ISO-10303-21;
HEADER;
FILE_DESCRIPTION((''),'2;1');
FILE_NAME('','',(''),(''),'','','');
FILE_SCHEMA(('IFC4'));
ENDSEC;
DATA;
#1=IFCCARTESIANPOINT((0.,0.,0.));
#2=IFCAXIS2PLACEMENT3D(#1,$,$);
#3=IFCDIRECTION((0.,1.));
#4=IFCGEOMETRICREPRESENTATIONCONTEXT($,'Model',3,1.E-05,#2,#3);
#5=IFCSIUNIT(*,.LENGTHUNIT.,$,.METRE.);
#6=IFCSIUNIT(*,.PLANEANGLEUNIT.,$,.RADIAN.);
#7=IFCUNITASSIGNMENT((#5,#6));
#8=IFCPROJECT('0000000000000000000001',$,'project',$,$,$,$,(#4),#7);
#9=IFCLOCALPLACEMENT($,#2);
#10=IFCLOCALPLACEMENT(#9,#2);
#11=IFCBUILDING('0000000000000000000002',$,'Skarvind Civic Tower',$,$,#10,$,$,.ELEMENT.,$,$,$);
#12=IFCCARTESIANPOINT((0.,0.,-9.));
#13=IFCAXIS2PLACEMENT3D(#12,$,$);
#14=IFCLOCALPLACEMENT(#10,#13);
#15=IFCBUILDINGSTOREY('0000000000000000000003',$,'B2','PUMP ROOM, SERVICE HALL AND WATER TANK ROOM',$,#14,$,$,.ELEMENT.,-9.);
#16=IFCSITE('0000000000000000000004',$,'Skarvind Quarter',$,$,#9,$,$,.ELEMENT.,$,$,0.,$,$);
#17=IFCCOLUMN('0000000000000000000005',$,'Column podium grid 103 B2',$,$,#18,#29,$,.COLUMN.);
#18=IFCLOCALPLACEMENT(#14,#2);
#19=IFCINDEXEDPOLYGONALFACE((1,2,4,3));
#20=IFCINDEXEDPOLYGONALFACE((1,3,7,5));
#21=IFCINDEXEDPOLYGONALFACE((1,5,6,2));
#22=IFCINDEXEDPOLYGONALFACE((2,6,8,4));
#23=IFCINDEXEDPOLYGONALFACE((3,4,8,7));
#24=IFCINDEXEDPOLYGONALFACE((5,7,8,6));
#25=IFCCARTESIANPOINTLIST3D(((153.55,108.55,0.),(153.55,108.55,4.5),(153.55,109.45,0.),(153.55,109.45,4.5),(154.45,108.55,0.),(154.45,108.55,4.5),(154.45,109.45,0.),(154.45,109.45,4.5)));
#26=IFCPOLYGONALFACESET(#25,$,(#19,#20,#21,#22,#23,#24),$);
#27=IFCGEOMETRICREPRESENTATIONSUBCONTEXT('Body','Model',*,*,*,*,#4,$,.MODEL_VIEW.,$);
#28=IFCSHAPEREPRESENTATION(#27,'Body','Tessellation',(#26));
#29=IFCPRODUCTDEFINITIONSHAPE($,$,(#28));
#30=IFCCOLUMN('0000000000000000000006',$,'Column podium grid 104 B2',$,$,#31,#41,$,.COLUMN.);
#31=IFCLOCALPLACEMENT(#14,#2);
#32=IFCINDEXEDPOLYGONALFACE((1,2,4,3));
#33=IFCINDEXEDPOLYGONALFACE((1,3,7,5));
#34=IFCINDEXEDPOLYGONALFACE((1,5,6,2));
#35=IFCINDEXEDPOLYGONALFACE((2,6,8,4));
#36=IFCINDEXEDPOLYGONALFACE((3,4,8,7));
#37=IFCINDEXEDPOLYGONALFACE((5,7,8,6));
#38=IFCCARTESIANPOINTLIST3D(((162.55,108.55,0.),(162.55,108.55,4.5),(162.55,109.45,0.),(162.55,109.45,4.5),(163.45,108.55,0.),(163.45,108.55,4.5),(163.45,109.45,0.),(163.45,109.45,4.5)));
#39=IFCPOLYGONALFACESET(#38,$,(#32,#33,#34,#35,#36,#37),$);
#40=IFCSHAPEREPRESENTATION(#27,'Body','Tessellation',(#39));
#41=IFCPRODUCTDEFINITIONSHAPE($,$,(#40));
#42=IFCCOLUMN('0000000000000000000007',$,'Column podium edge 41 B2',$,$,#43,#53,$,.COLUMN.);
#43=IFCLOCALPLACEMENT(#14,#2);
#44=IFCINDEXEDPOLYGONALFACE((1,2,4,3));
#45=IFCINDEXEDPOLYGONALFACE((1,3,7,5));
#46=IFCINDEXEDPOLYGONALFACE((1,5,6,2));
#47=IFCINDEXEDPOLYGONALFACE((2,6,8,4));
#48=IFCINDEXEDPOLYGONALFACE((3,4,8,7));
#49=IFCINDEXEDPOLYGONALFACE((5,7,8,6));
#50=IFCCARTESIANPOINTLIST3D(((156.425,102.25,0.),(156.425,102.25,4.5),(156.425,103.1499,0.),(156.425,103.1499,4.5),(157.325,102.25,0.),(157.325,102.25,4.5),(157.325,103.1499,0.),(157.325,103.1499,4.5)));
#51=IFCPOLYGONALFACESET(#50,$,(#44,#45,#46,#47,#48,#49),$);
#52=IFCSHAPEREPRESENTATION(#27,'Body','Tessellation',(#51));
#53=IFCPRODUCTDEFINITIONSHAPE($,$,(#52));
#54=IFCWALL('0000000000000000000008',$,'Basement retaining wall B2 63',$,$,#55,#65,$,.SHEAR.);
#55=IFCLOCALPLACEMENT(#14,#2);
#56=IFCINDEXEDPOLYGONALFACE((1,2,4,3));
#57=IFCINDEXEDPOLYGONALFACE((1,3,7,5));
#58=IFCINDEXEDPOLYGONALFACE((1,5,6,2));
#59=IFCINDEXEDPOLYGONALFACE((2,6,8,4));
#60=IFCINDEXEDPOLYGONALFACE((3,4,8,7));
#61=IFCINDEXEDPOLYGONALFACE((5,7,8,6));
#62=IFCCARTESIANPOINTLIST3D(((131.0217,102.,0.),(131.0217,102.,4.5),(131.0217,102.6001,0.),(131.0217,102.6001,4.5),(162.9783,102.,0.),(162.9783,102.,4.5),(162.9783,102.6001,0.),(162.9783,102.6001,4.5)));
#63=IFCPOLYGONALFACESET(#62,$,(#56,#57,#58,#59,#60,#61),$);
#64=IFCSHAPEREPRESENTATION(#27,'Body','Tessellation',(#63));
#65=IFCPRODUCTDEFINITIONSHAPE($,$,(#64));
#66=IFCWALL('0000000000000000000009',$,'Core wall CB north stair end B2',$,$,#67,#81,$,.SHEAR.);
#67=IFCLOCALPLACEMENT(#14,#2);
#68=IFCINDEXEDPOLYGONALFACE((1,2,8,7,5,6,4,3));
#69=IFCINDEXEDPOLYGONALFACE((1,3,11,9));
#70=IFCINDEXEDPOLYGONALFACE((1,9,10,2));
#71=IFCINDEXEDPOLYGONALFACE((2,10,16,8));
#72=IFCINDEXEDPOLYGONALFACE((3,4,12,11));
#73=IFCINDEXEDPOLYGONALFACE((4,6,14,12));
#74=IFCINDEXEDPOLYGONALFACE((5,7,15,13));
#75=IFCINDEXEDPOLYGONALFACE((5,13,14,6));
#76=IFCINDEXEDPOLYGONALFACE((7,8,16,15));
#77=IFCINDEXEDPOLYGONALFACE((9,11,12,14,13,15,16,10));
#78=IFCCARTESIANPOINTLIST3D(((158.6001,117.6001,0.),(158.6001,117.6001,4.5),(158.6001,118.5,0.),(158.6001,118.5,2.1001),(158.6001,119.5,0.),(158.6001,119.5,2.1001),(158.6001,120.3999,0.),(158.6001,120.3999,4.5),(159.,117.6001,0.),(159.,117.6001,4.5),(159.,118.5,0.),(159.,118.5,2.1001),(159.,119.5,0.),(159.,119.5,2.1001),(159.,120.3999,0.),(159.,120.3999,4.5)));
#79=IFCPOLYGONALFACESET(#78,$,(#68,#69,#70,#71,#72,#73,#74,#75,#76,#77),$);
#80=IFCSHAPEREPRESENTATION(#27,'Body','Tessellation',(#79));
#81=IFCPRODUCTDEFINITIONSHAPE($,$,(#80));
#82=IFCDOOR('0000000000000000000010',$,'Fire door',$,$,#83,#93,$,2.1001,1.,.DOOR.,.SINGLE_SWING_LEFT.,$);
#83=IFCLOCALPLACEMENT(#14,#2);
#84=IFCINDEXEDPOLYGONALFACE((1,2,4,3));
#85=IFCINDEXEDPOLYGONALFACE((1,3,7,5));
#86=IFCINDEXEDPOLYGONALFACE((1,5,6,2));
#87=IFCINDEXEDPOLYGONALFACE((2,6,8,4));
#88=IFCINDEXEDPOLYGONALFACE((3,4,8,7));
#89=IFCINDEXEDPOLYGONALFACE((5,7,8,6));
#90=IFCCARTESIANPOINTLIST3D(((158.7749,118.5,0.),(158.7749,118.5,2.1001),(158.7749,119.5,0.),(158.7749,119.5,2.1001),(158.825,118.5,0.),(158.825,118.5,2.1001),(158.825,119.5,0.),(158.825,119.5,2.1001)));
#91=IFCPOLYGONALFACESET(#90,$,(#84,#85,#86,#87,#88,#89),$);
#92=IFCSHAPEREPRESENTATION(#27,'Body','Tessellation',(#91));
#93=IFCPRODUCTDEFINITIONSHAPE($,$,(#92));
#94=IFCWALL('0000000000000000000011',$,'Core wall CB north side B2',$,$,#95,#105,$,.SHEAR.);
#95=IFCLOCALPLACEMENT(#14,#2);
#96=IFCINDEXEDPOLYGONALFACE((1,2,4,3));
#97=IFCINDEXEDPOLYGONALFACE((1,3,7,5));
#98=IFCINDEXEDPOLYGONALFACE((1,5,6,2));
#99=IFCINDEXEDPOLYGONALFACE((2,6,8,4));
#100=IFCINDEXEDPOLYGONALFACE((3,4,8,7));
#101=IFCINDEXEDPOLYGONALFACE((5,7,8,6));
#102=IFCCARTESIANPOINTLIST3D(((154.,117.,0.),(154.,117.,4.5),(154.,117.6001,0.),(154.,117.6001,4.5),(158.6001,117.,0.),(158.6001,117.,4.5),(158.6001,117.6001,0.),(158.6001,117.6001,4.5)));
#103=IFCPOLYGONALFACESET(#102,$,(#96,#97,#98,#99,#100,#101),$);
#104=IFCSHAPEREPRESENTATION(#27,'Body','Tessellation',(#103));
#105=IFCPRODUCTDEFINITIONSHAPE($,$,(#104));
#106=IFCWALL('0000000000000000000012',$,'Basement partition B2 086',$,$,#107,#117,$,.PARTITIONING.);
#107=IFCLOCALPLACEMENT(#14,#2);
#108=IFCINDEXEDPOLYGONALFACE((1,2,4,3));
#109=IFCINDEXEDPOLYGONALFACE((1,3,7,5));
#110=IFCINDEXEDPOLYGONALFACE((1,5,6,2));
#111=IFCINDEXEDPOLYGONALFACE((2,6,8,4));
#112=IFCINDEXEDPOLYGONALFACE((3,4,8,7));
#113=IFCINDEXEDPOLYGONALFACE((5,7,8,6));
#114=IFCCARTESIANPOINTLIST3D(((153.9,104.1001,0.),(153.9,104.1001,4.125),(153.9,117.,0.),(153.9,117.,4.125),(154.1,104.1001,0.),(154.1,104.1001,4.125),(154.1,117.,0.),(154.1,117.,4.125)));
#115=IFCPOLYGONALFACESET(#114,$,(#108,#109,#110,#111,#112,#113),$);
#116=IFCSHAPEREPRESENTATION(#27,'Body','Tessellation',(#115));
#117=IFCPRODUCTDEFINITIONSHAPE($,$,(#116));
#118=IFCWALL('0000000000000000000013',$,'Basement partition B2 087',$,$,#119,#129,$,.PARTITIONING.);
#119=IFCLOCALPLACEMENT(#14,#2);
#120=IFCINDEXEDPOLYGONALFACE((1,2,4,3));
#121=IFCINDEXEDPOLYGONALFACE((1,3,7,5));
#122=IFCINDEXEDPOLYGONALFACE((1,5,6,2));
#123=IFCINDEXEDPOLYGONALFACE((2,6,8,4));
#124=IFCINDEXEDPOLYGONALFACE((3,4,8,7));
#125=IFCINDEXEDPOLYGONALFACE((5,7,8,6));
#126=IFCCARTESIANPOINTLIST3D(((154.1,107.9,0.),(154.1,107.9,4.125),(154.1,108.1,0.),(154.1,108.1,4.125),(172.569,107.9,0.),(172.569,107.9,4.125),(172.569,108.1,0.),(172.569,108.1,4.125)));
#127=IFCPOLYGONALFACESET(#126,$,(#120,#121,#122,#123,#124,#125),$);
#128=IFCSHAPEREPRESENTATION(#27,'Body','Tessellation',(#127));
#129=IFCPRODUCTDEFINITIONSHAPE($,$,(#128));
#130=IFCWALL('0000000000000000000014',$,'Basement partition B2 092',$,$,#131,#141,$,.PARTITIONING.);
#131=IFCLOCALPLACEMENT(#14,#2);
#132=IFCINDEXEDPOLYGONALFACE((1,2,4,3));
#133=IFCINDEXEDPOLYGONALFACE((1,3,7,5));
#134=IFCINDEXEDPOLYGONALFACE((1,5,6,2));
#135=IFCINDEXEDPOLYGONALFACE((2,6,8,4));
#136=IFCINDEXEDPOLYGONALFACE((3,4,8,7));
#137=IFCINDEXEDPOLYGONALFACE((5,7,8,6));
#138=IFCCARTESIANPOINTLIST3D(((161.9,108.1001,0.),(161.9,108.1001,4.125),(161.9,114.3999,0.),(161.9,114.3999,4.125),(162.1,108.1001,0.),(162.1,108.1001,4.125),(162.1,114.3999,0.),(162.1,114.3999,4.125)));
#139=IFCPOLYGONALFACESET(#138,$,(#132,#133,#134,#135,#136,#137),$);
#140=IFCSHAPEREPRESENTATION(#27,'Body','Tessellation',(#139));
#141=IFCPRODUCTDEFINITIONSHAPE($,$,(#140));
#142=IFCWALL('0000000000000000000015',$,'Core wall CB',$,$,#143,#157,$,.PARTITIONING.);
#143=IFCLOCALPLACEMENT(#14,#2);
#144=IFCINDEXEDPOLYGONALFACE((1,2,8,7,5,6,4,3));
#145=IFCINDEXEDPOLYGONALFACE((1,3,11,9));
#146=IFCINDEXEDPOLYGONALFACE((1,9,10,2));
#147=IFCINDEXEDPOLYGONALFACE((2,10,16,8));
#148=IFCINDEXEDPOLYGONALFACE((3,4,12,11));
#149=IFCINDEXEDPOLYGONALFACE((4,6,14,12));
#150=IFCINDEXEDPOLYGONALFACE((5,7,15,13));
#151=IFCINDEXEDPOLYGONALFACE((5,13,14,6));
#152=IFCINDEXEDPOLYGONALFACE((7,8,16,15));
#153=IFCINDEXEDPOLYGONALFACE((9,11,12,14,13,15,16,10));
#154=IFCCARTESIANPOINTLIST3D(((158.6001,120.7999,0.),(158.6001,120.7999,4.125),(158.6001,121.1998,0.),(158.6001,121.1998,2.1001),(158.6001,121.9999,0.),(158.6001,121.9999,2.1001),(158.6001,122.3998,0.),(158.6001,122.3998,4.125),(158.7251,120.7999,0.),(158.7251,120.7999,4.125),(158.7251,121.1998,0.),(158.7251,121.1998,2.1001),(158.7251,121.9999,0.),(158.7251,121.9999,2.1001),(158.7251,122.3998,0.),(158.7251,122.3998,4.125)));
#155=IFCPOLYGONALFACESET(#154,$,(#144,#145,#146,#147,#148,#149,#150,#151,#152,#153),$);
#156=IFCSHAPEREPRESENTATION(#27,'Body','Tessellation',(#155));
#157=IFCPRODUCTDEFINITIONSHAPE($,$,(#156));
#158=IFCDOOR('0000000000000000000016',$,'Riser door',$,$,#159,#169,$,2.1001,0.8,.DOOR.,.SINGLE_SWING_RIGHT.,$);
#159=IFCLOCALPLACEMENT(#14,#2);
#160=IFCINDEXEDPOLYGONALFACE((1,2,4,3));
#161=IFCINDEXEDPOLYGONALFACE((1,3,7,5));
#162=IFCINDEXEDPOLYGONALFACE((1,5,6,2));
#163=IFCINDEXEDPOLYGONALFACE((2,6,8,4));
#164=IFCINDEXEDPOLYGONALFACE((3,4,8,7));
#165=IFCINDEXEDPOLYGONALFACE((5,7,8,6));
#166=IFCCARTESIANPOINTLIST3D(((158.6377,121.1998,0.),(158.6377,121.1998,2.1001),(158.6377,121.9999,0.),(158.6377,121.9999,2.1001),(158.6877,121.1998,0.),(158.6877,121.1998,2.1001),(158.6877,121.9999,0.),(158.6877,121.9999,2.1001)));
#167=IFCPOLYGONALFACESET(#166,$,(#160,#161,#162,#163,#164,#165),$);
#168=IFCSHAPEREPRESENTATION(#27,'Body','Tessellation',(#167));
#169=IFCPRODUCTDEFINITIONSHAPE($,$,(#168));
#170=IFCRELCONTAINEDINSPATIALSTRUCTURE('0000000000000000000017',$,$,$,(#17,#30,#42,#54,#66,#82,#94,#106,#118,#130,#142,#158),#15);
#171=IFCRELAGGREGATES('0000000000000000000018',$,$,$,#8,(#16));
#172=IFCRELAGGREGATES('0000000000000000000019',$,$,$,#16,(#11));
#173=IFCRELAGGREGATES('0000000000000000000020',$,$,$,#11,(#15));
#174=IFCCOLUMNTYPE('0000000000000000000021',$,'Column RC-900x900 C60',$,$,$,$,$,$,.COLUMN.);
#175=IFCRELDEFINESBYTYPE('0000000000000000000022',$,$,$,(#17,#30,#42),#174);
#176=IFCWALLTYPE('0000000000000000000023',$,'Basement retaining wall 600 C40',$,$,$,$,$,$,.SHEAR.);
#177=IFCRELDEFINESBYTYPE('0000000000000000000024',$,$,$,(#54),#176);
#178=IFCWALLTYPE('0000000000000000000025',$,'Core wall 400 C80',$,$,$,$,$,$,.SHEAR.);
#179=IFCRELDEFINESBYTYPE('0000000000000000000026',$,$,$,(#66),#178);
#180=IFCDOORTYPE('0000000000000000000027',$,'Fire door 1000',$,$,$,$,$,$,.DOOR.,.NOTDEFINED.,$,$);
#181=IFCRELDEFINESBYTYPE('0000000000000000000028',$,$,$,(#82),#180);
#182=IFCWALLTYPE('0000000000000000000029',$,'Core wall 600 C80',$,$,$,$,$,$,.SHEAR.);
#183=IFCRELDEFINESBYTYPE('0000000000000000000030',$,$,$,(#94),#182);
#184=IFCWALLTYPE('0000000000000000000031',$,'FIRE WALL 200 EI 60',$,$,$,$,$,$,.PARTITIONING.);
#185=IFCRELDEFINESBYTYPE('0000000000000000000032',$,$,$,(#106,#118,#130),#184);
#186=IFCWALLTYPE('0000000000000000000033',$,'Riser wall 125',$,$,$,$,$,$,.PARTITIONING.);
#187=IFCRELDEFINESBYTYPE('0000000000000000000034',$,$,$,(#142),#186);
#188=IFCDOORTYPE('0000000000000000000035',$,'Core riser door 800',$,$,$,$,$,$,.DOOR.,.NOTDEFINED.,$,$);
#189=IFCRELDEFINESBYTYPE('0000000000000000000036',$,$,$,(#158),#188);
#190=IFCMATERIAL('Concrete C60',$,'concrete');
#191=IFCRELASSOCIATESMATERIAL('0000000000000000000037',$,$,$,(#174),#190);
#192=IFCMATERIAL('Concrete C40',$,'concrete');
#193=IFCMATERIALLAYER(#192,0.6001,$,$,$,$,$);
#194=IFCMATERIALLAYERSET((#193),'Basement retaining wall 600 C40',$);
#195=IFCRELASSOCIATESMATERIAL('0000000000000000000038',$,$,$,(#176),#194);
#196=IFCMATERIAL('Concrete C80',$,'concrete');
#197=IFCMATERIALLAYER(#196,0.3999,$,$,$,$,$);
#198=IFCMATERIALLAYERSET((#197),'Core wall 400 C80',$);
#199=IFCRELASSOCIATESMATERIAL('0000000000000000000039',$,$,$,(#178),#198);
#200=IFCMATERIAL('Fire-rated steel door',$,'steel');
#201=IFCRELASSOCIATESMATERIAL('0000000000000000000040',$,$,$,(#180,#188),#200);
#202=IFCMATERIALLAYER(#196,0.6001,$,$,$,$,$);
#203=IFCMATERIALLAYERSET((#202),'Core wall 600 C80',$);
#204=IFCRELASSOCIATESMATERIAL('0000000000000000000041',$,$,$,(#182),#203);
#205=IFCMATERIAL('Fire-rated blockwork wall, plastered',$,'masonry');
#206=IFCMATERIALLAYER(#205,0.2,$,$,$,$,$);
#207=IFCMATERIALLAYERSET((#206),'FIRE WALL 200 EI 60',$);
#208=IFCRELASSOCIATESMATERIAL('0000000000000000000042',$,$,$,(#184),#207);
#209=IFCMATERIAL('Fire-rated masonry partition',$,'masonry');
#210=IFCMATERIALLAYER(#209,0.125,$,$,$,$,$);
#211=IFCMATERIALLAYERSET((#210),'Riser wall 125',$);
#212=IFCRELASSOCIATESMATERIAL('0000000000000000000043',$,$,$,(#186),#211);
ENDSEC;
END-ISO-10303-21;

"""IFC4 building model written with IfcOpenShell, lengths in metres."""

from ifc_helpers import new_model, si_unit, direction, frame, frame_2d, origin, origin_2d, place, context, subcontext, project, spatial, rectangle, extrude, material, layer, layer_set, material_profile, profile_set, type_object, element, fill, save


model = new_model("IFC4")

# Units and contexts
model_context = context("Model", 3, precision=1e-05, world=origin(), true_north=direction((0.0, 1.0)))
body_context = subcontext(model_context, "Body", "Model", "MODEL_VIEW")
ifc_project = project(units=[si_unit("LENGTHUNIT", "METRE"), si_unit("PLANEANGLEUNIT", "RADIAN")], contexts=[model_context])

# Site, building, storey
site_placement = place(None, origin())
site = spatial("IfcSite", under=ifc_project, at=site_placement, Name="Skarvind Quarter", CompositionType="ELEMENT", RefElevation=0.0)
building_placement = place(site_placement, origin())
building = spatial("IfcBuilding", under=site, at=building_placement, Name="Skarvind Civic Tower", CompositionType="ELEMENT")
storey_placement = place(building_placement, frame((0.0, 0.0, -9.0)))
storey = spatial("IfcBuildingStorey", under=building, at=storey_placement, Name="B2", Description="PUMP ROOM, SERVICE HALL AND WATER TANK ROOM", CompositionType="ELEMENT", Elevation=-9.0)

# Shared definitions
ifc_material_1 = material(Name="Concrete C40", Category="concrete")

# Columns
ifc_material_2 = material(Name="Concrete C60", Category="concrete")
ifc_material_profile_1 = material_profile(ifc_material_2, rectangle(XDim=0.8999, YDim=0.8999, at=origin_2d()), Name="RC-900x900")
ifc_profile_set_1 = profile_set([ifc_material_profile_1], Name="Concrete C60")
column_type_1 = type_object("IfcColumnType", Name="Column RC-900x900 C60", PredefinedType="COLUMN", material=ifc_profile_set_1)
for number, where, z_axis, x_axis, name in (
    (1, (154.0, 109.0, 0.0), (0.0, 0.0, 1.0), (1.0, 0.0, 0.0), "Column podium grid 103 B2"),
    (2, (163.0, 109.0, 0.0), (0.0, 0.0, 1.0), (1.0, 0.0, 0.0), "Column podium grid 104 B2"),
    (3, (156.875, 102.7, 0.0), (0.0, 0.0, 1.0), (1.0, 0.0, 0.0), "Column podium edge 41 B2"),
):
    element("IfcColumn", number, at=place(storey_placement, frame(where, z_axis=z_axis, x_axis=x_axis)), inside=storey, type_object=column_type_1, Name=name, PredefinedType="COLUMN", context=body_context, shape_type="SweptSolid", body=[
        extrude(rectangle(XDim=0.8999, YDim=0.8999, at=origin_2d()), origin(), (0.0, 0.0, 1.0), 4.5),
    ])

# Wall
ifc_layer_1 = layer(ifc_material_1, 0.6001)
ifc_layer_set_1 = layer_set([ifc_layer_1], Name="Basement retaining wall 600 C40")
wall_type_1 = type_object("IfcWallType", Name="Basement retaining wall 600 C40", PredefinedType="SHEAR", material=ifc_layer_set_1)
wall_1_placement = place(storey_placement, frame((162.9783, 102.3, 0.0), z_axis=(0.0, 0.0, 1.0), x_axis=(-1.0, 0.0, 0.0)))
element("IfcWall", 4, at=wall_1_placement, inside=storey, type_object=wall_type_1, Name="Basement retaining wall B2 63", PredefinedType="SHEAR", context=body_context, shape_type="SweptSolid", body=[
    extrude(rectangle(XDim=31.9565, YDim=0.6001, at=frame_2d((15.9783, 0.0))), origin(), (0.0, 0.0, 1.0), 4.5),
])

# Wall, opening, door
ifc_material_3 = material(Name="Concrete C80", Category="concrete")
ifc_layer_2 = layer(ifc_material_3, 0.3999)
ifc_layer_set_2 = layer_set([ifc_layer_2], Name="Core wall 400 C80")
wall_type_2 = type_object("IfcWallType", Name="Core wall 400 C80", PredefinedType="SHEAR", material=ifc_layer_set_2)
wall_2_placement = place(storey_placement, frame((158.8, 120.3999, 0.0), z_axis=(0.0, 0.0, 1.0), x_axis=(0.0, -1.0, 0.0)))
wall_2 = element("IfcWall", 5, at=wall_2_placement, inside=storey, type_object=wall_type_2, Name="Core wall CB north stair end B2", PredefinedType="SHEAR", context=body_context, shape_type="SweptSolid", body=[
    extrude(rectangle(XDim=2.7998, YDim=0.3999, at=frame_2d((1.3999, 0.0))), origin(), (0.0, 0.0, 1.0), 4.5),
])
opening_1_placement = place(wall_2_placement, frame((0.8999, 0.0, 0.0)))
opening_1 = element("IfcOpeningElement", 6, at=opening_1_placement, cuts=wall_2, PredefinedType="OPENING", context=body_context, shape_type="SweptSolid", body=[
    extrude(rectangle(XDim=1.0, YDim=2.1001, at=frame_2d((0.5, 1.05))), frame((0.0, 0.21, 0.0), z_axis=(0.0, -1.0, 0.0), x_axis=(1.0, 0.0, 0.0)), (0.0, 0.0, 1.0), 0.4199),
])
ifc_material_4 = material(Name="Fire-rated steel door", Category="steel")
door_type_1 = type_object("IfcDoorType", Name="Fire door 1000", OperationType="NOTDEFINED", PredefinedType="DOOR", material=ifc_material_4)
door_1_placement = place(opening_1_placement, origin())
door_1 = element("IfcDoor", 7, at=door_1_placement, inside=storey, type_object=door_type_1, Name="Fire door", OperationType="SINGLE_SWING_LEFT", OverallHeight=2.1001, OverallWidth=1.0, PredefinedType="DOOR", context=body_context, shape_type="SweptSolid", body=[
    extrude(rectangle(XDim=1.0, YDim=2.1001, at=frame_2d((0.5, 1.05))), frame((0.0, 0.0249, 0.0), z_axis=(0.0, -1.0, 0.0), x_axis=(1.0, 0.0, 0.0)), (0.0, 0.0, 1.0), 0.05),
])
fill(opening_1, door_1)

# Walls
ifc_layer_3 = layer(ifc_material_3, 0.6001)
ifc_layer_set_3 = layer_set([ifc_layer_3], Name="Core wall 600 C80")
wall_type_3 = type_object("IfcWallType", Name="Core wall 600 C80", PredefinedType="SHEAR", material=ifc_layer_set_3)
wall_3_placement = place(storey_placement, frame((158.6001, 117.3, 0.0), z_axis=(0.0, 0.0, 1.0), x_axis=(-1.0, 0.0, 0.0)))
element("IfcWall", 8, at=wall_3_placement, inside=storey, type_object=wall_type_3, Name="Core wall CB north side B2", PredefinedType="SHEAR", context=body_context, shape_type="SweptSolid", body=[
    extrude(rectangle(XDim=4.6001, YDim=0.6001, at=frame_2d((2.3, 0.0))), origin(), (0.0, 0.0, 1.0), 4.5),
])
ifc_material_5 = material(Name="Fire-rated blockwork wall, plastered", Category="masonry")
ifc_layer_4 = layer(ifc_material_5, 0.2)
ifc_layer_set_4 = layer_set([ifc_layer_4], Name="FIRE WALL 200 EI 60")
wall_type_4 = type_object("IfcWallType", Name="FIRE WALL 200 EI 60", PredefinedType="PARTITIONING", material=ifc_layer_set_4)
wall_4_placement = place(storey_placement, frame((154.0, 104.1001, 0.0), z_axis=(0.0, 0.0, 1.0), x_axis=(0.0, 1.0, 0.0)))
element("IfcWall", 9, at=wall_4_placement, inside=storey, type_object=wall_type_4, Name="Basement partition B2 086", PredefinedType="PARTITIONING", context=body_context, shape_type="SweptSolid", body=[
    extrude(rectangle(XDim=12.8999, YDim=0.2, at=frame_2d((6.45, 0.0))), origin(), (0.0, 0.0, 1.0), 4.125),
])
wall_5_placement = place(storey_placement, frame((154.1001, 108.0, 0.0), z_axis=(0.0, 0.0, 1.0), x_axis=(1.0, 0.0, 0.0)))
element("IfcWall", 10, at=wall_5_placement, inside=storey, type_object=wall_type_4, Name="Basement partition B2 087", PredefinedType="PARTITIONING", context=body_context, shape_type="SweptSolid", body=[
    extrude(rectangle(XDim=18.469, YDim=0.2, at=frame_2d((9.2344, 0.0))), origin(), (0.0, 0.0, 1.0), 4.125),
])
wall_6_placement = place(storey_placement, frame((162.0, 108.1001, 0.0), z_axis=(0.0, 0.0, 1.0), x_axis=(0.0, 1.0, 0.0)))
element("IfcWall", 11, at=wall_6_placement, inside=storey, type_object=wall_type_4, Name="Basement partition B2 092", PredefinedType="PARTITIONING", context=body_context, shape_type="SweptSolid", body=[
    extrude(rectangle(XDim=6.2998, YDim=0.2, at=frame_2d((3.1499, 0.0))), origin(), (0.0, 0.0, 1.0), 4.125),
])

# Wall, opening, door
ifc_material_6 = material(Name="Fire-rated masonry partition", Category="masonry")
ifc_layer_5 = layer(ifc_material_6, 0.125)
ifc_layer_set_5 = layer_set([ifc_layer_5], Name="Riser wall 125")
wall_type_5 = type_object("IfcWallType", Name="Riser wall 125", PredefinedType="PARTITIONING", material=ifc_layer_set_5)
wall_7_placement = place(storey_placement, frame((158.6626, 120.8, 0.0), z_axis=(0.0, 0.0, 1.0), x_axis=(0.0, 1.0, 0.0)))
wall_7 = element("IfcWall", 12, at=wall_7_placement, inside=storey, type_object=wall_type_5, Name="Core wall CB", PredefinedType="PARTITIONING", context=body_context, shape_type="SweptSolid", body=[
    extrude(rectangle(XDim=1.5999, YDim=0.125, at=frame_2d((0.7998, 0.0))), origin(), (0.0, 0.0, 1.0), 4.125),
])
opening_2_placement = place(wall_7_placement, frame((0.3999, 0.0, 0.0)))
opening_2 = element("IfcOpeningElement", 13, at=opening_2_placement, cuts=wall_7, PredefinedType="OPENING", context=body_context, shape_type="SweptSolid", body=[
    extrude(rectangle(XDim=0.8, YDim=2.1001, at=frame_2d((0.3999, 1.05))), frame((0.0, 0.0725, 0.0), z_axis=(0.0, -1.0, 0.0), x_axis=(1.0, 0.0, 0.0)), (0.0, 0.0, 1.0), 0.145),
])
door_type_2 = type_object("IfcDoorType", Name="Core riser door 800", OperationType="NOTDEFINED", PredefinedType="DOOR", material=ifc_material_4)
door_2_placement = place(opening_2_placement, origin())
door_2 = element("IfcDoor", 14, at=door_2_placement, inside=storey, type_object=door_type_2, Name="Riser door", OperationType="SINGLE_SWING_RIGHT", OverallHeight=2.1001, OverallWidth=0.8, PredefinedType="DOOR", context=body_context, shape_type="SweptSolid", body=[
    extrude(rectangle(XDim=0.8, YDim=2.1001, at=frame_2d((0.3999, 1.05))), frame((0.0, 0.0249, 0.0), z_axis=(0.0, -1.0, 0.0), x_axis=(1.0, 0.0, 0.0)), (0.0, 0.0, 1.0), 0.05),
])
fill(opening_2, door_2)

save(model, "model.ifc")
